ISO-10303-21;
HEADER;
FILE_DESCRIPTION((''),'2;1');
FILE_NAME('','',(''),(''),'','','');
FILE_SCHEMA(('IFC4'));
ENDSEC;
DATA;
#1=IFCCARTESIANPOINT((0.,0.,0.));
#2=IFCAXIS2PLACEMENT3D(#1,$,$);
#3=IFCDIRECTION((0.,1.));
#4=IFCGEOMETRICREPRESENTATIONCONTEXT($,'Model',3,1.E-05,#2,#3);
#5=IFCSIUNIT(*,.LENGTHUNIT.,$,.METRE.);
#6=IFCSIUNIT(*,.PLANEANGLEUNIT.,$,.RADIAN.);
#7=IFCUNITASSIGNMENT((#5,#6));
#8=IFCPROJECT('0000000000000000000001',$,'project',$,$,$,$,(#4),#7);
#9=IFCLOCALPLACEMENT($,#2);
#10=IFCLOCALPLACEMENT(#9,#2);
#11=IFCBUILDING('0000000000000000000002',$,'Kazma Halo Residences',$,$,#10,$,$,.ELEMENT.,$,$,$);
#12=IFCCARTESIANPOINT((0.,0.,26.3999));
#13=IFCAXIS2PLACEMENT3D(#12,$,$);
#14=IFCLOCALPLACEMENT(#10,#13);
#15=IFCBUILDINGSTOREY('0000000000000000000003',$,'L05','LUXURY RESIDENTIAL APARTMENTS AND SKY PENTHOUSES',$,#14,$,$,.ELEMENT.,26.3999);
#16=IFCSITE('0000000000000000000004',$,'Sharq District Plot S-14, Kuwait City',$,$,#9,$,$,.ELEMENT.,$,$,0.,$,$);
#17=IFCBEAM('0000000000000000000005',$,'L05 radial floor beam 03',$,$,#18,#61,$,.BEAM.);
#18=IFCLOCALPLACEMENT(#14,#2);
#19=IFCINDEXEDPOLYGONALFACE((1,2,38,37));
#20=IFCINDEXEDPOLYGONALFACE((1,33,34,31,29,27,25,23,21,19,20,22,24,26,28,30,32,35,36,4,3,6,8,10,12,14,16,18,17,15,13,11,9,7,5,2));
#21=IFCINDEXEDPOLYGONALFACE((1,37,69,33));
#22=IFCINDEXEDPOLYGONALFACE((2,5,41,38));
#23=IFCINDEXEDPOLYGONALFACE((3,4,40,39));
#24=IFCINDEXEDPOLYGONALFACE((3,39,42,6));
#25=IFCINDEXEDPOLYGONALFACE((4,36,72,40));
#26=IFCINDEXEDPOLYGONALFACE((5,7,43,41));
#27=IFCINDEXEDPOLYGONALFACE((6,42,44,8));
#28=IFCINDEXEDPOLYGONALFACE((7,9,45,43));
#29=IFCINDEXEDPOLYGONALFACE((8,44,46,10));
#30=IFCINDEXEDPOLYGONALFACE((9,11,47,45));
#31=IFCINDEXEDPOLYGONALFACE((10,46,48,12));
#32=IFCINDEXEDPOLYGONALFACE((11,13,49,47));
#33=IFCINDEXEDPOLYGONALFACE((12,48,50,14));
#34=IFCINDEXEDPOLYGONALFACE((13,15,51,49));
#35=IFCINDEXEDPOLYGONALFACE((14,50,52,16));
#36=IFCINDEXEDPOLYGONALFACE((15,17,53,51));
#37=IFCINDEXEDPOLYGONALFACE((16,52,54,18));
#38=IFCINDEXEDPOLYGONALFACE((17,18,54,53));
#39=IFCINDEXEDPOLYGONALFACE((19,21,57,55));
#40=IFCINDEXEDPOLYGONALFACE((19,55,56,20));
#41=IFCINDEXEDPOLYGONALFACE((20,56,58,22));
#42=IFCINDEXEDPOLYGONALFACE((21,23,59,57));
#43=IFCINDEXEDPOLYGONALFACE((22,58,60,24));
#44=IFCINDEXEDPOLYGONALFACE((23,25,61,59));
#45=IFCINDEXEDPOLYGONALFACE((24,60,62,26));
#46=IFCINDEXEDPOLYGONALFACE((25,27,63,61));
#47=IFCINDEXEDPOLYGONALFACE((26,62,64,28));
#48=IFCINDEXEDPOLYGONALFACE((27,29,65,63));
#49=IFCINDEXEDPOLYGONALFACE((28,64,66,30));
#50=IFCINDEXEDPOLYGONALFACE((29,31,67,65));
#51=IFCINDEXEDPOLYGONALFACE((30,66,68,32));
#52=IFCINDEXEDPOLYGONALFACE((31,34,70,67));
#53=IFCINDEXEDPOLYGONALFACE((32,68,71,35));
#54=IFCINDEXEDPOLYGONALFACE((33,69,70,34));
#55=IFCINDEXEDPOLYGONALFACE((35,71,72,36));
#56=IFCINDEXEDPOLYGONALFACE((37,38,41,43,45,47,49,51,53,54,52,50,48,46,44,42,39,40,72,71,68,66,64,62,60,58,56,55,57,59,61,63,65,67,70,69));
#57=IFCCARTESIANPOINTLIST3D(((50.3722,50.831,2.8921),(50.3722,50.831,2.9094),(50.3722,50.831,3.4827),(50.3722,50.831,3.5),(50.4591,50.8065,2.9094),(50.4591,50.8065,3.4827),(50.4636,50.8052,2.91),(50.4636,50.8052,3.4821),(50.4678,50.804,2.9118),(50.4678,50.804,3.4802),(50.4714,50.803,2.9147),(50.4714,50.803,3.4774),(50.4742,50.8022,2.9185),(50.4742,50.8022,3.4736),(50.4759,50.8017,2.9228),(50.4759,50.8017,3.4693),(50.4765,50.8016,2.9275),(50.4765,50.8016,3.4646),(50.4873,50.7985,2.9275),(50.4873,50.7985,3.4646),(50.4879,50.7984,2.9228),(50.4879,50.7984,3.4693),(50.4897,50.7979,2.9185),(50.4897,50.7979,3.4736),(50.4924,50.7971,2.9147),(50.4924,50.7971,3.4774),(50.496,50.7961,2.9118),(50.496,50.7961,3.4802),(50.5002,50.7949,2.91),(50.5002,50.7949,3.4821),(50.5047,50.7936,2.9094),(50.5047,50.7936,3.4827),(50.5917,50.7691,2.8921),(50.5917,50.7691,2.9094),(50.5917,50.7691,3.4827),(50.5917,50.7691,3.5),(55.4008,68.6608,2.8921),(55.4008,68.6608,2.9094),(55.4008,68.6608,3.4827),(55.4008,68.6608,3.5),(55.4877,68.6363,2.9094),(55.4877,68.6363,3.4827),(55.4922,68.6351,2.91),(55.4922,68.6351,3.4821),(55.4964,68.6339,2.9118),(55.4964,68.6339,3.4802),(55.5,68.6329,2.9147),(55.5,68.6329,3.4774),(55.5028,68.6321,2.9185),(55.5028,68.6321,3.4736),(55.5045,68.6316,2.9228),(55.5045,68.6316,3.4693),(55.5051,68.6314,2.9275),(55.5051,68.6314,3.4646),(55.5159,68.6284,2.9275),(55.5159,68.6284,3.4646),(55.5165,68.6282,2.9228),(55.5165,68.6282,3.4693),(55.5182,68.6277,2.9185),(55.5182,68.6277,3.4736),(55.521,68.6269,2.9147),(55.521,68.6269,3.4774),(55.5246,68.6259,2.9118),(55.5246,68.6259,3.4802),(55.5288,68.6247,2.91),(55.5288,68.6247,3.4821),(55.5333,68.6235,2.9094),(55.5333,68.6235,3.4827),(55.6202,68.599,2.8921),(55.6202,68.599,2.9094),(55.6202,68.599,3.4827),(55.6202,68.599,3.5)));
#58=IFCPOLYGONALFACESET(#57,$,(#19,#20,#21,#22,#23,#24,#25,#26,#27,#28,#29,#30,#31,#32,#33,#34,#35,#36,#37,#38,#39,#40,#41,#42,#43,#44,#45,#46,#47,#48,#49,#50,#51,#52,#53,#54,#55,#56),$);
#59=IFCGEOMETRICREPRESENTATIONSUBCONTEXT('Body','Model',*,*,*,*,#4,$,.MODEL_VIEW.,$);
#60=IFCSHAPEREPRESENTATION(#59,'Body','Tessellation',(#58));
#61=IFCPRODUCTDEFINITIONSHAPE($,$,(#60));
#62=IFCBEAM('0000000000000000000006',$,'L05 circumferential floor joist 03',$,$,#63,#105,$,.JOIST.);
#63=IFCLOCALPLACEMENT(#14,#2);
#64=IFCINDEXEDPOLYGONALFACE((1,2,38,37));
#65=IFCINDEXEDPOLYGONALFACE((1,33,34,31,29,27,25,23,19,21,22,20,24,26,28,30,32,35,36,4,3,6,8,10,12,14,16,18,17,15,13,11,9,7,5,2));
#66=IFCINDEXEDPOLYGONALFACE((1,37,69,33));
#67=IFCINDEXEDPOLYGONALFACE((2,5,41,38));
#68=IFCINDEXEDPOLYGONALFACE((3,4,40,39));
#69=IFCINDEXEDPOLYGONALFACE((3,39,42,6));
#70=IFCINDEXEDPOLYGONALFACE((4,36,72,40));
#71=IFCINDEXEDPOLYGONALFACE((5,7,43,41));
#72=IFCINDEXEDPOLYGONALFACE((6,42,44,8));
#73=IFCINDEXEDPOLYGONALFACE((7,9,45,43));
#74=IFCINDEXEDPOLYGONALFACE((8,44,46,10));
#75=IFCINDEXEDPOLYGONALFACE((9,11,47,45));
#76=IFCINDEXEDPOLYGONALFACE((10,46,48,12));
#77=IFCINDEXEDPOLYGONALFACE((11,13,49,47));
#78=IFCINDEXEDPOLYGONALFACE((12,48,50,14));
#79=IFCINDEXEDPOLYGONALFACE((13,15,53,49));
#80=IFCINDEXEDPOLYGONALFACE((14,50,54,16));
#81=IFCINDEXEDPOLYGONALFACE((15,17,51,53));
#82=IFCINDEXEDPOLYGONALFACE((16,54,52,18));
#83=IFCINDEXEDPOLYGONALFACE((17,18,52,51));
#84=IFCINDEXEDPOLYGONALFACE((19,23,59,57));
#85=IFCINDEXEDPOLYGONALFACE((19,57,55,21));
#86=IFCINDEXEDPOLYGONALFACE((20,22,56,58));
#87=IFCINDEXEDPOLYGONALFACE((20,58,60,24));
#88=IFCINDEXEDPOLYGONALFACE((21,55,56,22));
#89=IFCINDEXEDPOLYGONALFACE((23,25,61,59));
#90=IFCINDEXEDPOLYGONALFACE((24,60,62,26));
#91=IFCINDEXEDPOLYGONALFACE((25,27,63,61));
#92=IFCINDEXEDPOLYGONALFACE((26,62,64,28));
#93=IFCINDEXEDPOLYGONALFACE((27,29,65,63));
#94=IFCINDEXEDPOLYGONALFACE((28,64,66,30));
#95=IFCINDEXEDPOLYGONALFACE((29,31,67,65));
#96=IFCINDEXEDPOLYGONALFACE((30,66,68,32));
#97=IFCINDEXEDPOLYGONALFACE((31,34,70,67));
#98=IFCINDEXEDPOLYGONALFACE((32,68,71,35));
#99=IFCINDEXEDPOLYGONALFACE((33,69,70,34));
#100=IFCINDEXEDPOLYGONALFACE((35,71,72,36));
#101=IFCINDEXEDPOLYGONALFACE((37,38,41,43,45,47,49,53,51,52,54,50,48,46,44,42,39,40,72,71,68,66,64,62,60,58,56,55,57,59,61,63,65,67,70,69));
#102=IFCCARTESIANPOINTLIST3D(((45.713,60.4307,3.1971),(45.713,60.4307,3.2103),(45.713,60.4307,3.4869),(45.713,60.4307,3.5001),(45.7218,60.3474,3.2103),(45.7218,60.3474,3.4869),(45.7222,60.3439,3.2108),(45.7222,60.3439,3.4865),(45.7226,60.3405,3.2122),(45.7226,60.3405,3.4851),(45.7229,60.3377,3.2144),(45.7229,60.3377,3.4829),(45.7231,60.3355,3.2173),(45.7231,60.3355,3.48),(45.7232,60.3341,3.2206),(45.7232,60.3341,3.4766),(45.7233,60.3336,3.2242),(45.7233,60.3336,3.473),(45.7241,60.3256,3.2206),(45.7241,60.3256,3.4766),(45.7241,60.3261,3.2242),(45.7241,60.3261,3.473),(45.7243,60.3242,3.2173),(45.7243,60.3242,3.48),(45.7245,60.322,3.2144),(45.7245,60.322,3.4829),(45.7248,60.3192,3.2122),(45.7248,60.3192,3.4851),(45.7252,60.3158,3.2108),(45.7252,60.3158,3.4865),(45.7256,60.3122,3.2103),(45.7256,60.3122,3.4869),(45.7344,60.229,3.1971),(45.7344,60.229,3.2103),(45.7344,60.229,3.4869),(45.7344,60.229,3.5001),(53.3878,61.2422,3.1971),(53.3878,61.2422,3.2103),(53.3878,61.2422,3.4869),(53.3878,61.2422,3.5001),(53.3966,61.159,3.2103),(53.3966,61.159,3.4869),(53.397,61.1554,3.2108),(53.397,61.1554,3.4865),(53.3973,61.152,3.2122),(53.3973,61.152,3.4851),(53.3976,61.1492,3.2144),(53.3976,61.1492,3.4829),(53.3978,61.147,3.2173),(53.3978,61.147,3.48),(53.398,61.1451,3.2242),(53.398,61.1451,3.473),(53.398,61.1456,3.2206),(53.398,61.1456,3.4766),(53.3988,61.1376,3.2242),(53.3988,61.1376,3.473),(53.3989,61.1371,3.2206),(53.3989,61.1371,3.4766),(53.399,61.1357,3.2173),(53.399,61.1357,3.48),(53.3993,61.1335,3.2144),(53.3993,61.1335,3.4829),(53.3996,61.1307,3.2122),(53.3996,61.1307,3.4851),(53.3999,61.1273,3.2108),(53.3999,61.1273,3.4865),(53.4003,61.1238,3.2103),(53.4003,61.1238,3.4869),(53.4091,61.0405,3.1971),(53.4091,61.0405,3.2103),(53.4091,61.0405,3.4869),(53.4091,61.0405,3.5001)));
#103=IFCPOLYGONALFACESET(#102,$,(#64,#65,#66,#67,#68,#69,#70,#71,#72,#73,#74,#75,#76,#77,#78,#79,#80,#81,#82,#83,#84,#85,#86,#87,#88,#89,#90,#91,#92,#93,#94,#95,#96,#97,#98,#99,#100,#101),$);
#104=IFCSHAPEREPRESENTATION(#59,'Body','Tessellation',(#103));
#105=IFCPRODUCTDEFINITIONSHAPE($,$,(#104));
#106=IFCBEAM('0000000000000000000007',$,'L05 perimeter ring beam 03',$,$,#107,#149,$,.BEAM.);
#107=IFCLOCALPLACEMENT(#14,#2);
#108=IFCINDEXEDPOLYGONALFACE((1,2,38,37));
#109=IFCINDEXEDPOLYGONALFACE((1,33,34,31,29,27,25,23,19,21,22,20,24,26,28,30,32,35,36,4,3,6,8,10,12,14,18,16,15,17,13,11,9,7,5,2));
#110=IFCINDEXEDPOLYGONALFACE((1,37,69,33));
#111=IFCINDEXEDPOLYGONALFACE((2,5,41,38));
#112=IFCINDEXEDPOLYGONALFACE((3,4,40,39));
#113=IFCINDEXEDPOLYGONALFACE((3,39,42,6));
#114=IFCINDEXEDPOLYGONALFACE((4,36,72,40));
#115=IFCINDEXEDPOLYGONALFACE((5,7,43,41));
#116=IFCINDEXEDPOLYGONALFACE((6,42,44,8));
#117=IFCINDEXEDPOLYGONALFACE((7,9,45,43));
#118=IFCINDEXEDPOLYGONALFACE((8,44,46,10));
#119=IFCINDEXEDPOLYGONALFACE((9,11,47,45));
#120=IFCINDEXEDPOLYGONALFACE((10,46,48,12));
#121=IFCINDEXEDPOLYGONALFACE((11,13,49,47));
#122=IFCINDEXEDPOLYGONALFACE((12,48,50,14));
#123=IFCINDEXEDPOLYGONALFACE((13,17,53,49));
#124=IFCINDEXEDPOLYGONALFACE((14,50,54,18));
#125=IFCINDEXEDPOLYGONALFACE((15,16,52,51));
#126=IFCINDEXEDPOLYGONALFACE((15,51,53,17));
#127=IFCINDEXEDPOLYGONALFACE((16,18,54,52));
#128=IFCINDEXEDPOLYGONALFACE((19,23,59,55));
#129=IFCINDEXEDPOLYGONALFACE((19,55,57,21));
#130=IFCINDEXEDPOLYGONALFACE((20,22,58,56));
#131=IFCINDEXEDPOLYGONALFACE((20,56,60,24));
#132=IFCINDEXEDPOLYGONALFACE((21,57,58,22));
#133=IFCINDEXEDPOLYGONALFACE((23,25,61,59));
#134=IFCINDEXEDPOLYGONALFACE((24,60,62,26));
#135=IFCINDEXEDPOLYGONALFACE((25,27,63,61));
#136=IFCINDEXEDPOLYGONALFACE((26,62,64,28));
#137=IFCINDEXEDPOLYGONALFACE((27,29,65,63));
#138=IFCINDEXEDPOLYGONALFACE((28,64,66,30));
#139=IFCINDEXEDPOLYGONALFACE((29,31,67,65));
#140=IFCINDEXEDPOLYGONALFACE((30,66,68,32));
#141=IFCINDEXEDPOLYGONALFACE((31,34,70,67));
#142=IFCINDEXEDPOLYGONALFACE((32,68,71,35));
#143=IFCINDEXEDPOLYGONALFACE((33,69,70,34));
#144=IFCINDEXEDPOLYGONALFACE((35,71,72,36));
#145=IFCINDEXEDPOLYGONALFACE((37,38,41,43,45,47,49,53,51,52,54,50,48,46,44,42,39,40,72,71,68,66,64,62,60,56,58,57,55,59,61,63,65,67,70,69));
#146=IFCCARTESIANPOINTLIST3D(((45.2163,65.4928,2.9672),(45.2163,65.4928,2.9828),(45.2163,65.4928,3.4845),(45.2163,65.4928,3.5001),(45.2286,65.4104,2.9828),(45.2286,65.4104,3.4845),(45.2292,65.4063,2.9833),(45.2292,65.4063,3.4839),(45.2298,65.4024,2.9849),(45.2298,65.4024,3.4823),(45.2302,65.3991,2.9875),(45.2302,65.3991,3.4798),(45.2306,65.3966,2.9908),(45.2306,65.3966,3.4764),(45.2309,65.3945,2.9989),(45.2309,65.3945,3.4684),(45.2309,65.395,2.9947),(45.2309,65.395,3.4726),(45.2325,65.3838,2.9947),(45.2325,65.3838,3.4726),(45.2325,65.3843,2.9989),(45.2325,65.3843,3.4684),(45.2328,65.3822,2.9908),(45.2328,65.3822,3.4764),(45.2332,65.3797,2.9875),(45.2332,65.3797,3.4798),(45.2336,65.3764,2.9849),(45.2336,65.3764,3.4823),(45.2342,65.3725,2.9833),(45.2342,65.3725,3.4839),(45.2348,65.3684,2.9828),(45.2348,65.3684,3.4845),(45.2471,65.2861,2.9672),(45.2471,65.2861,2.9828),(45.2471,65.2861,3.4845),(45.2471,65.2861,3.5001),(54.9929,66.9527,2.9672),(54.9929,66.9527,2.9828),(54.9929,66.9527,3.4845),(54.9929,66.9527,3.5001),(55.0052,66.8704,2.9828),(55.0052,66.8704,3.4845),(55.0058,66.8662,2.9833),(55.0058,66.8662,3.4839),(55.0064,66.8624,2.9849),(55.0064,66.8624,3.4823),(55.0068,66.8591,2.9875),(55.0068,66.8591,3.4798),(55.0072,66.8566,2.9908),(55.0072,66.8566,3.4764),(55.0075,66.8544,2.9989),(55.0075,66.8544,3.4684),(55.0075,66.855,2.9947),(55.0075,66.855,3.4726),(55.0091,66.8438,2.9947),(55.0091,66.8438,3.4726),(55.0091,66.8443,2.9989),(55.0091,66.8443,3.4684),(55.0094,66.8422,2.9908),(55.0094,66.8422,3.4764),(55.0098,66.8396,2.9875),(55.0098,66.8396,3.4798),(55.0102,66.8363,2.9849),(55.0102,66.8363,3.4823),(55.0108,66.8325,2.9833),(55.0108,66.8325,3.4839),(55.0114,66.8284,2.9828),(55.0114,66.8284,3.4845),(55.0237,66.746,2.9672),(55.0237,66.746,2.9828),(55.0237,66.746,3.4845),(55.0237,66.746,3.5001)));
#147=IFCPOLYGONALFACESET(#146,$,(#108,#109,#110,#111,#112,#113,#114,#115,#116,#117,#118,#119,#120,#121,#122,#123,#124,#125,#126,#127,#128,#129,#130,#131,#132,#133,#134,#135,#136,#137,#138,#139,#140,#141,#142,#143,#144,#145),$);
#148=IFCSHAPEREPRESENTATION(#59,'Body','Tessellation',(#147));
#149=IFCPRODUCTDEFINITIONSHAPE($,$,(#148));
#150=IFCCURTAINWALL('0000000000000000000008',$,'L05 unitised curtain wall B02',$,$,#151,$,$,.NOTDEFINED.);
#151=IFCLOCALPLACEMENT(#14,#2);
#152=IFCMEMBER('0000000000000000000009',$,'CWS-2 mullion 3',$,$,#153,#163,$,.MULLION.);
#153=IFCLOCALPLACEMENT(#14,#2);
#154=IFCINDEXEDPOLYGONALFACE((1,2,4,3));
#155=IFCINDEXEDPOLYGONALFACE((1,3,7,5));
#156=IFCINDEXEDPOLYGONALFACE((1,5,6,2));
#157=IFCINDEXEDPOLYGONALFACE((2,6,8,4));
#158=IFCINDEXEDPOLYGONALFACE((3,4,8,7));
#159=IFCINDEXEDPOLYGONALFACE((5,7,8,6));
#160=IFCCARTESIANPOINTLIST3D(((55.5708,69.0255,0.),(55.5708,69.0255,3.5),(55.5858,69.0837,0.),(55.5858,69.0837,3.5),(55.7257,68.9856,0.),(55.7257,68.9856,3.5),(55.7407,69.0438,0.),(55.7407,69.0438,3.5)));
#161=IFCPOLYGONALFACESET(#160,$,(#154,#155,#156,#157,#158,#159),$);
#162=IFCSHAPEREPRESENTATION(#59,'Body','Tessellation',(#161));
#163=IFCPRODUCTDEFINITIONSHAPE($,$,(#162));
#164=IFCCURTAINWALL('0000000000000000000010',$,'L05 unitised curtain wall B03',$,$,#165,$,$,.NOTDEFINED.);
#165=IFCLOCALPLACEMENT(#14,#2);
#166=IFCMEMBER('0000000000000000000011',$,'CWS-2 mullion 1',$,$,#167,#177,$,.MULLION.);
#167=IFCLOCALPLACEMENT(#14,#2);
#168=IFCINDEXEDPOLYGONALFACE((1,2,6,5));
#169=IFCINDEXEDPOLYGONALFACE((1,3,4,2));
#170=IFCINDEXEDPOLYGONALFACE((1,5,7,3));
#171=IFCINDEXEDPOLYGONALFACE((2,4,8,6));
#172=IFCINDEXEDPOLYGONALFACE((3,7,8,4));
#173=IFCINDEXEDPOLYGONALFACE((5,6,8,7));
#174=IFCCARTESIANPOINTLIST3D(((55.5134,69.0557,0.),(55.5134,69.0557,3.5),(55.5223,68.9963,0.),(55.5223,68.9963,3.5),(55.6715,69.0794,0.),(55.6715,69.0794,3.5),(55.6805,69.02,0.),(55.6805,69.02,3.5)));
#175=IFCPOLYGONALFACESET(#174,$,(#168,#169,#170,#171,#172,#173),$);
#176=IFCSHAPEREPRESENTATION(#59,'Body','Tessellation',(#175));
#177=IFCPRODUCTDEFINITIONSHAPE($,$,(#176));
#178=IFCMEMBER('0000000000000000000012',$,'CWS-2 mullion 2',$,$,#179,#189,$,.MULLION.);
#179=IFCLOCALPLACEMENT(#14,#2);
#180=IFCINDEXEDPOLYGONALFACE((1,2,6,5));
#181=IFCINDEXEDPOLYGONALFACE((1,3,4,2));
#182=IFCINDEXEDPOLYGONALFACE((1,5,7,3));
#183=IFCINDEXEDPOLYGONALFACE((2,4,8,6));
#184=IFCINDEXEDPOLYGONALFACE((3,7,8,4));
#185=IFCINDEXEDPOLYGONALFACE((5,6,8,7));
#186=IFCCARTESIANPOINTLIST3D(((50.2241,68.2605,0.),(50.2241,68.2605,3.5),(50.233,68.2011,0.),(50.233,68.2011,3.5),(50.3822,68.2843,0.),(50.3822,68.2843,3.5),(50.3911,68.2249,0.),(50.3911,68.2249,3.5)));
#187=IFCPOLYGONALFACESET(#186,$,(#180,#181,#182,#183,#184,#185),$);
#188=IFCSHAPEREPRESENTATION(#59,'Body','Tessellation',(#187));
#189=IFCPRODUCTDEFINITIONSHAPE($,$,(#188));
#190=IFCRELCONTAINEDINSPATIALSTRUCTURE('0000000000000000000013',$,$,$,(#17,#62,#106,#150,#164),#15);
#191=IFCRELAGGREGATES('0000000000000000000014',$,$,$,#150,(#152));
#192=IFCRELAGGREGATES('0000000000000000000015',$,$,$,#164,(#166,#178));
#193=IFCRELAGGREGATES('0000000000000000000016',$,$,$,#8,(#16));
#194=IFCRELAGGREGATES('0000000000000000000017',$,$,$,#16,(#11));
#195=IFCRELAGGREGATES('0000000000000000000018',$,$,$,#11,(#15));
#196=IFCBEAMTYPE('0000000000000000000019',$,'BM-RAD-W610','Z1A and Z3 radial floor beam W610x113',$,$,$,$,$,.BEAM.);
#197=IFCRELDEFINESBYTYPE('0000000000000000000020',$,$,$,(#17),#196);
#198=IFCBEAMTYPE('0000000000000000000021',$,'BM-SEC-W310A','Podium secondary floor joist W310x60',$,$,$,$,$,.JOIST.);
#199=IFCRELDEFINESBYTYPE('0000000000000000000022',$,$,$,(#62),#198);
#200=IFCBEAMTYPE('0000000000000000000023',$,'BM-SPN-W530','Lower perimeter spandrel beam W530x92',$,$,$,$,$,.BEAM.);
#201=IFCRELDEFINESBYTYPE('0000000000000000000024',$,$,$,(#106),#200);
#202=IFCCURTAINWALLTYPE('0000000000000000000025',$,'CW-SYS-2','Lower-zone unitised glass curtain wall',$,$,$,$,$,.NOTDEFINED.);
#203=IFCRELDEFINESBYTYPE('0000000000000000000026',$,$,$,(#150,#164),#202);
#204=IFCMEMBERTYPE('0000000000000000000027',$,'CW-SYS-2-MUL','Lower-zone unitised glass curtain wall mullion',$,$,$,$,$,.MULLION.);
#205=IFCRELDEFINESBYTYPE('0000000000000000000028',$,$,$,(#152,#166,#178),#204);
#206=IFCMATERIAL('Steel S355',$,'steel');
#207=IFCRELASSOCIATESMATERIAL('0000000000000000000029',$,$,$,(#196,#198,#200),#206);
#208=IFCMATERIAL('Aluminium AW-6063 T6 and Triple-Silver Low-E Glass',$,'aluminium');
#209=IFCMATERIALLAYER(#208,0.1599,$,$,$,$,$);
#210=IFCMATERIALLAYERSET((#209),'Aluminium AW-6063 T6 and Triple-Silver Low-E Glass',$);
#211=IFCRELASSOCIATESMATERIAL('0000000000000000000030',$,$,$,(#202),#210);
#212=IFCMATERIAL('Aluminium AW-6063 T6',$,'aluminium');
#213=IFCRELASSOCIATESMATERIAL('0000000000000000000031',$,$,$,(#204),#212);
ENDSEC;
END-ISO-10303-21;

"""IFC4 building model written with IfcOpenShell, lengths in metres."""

from ifc_helpers import new_model, si_unit, direction, frame, origin, origin_2d, place, context, subcontext, project, spatial, rectangle, i_section, extrude, material, layer, layer_set, material_profile, profile_set, type_object, element, aggregate, save


model = new_model("IFC4")

# Units and contexts
model_context = context("Model", 3, precision=1e-05, world=origin(), true_north=direction((0.0, 1.0)))
body_context = subcontext(model_context, "Body", "Model", "MODEL_VIEW")
ifc_project = project(units=[si_unit("LENGTHUNIT", "METRE"), si_unit("PLANEANGLEUNIT", "RADIAN")], contexts=[model_context])

# Site, building, storey
site_placement = place(None, origin())
site = spatial("IfcSite", under=ifc_project, at=site_placement, Name="Sharq District Plot S-14, Kuwait City", CompositionType="ELEMENT", RefElevation=0.0)
building_placement = place(site_placement, origin())
building = spatial("IfcBuilding", under=site, at=building_placement, Name="Kazma Halo Residences", CompositionType="ELEMENT")
storey_placement = place(building_placement, frame((0.0, 0.0, 26.3999)))
storey = spatial("IfcBuildingStorey", under=building, at=storey_placement, Name="L05", Description="LUXURY RESIDENTIAL APARTMENTS AND SKY PENTHOUSES", CompositionType="ELEMENT", Elevation=26.3999)

# Beams
ifc_material_1 = material(Name="Steel S355", Category="steel")
ifc_material_profile_1 = material_profile(ifc_material_1, i_section(OverallWidth=0.228, OverallDepth=0.6079, WebThickness=0.0112, FlangeThickness=0.0173, FilletRadius=0.0181, at=origin_2d()), Name="W610x113")
ifc_profile_set_1 = profile_set([ifc_material_profile_1], Name="Steel S355")
beam_type_1 = type_object("IfcBeamType", Name="BM-RAD-W610", Description="Z1A and Z3 radial floor beam W610x113", PredefinedType="BEAM", material=ifc_profile_set_1)
beam_1_placement = place(storey_placement, frame((50.4819, 50.8, 3.196), z_axis=(0.271442, 0.962455, 0.0), x_axis=(-0.962455, 0.271442, 0.0)))
element("IfcBeam", 1, at=beam_1_placement, inside=storey, type_object=beam_type_1, Name="L05 radial floor beam 03", PredefinedType="BEAM", context=body_context, shape_type="SweptSolid", body=[
    extrude(i_section(OverallWidth=0.228, OverallDepth=0.6079, WebThickness=0.0112, FlangeThickness=0.0173, FilletRadius=0.0181, at=origin_2d()), origin(), (0.0, 0.0, 1.0), 18.5254),
])
ifc_material_profile_2 = material_profile(ifc_material_1, i_section(OverallWidth=0.2029, OverallDepth=0.303, WebThickness=0.0076, FlangeThickness=0.0132, FilletRadius=0.0139, at=origin_2d()), Name="W310x60")
ifc_profile_set_2 = profile_set([ifc_material_profile_2], Name="Steel S355")
beam_type_2 = type_object("IfcBeamType", Name="BM-SEC-W310A", Description="Podium secondary floor joist W310x60", PredefinedType="JOIST", material=ifc_profile_set_2)
beam_2_placement = place(storey_placement, frame((53.3984, 61.1414, 3.3486), z_axis=(-0.994456, -0.105152, 0.0), x_axis=(0.105152, -0.994456, 0.0)))
element("IfcBeam", 2, at=beam_2_placement, inside=storey, type_object=beam_type_2, Name="L05 circumferential floor joist 03", PredefinedType="JOIST", context=body_context, shape_type="SweptSolid", body=[
    extrude(i_section(OverallWidth=0.2029, OverallDepth=0.303, WebThickness=0.0076, FlangeThickness=0.0132, FilletRadius=0.0139, at=origin_2d()), origin(), (0.0, 0.0, 1.0), 7.7175),
])
ifc_material_profile_3 = material_profile(ifc_material_1, i_section(OverallWidth=0.209, OverallDepth=0.533, WebThickness=0.0103, FlangeThickness=0.0156, FilletRadius=0.0161, at=origin_2d()), Name="W530x92")
ifc_profile_set_3 = profile_set([ifc_material_profile_3], Name="Steel S355")
beam_type_3 = type_object("IfcBeamType", Name="BM-SPN-W530", Description="Lower perimeter spandrel beam W530x92", PredefinedType="BEAM", material=ifc_profile_set_3)
beam_3_placement = place(storey_placement, frame((55.0083, 66.8494, 3.2336), z_axis=(-0.989033, -0.147694, 0.0), x_axis=(0.147694, -0.989033, 0.0)))
element("IfcBeam", 3, at=beam_3_placement, inside=storey, type_object=beam_type_3, Name="L05 perimeter ring beam 03", PredefinedType="BEAM", context=body_context, shape_type="SweptSolid", body=[
    extrude(i_section(OverallWidth=0.209, OverallDepth=0.533, WebThickness=0.0103, FlangeThickness=0.0156, FilletRadius=0.0161, at=origin_2d()), origin(), (0.0, 0.0, 1.0), 9.885),
])

# Curtain wall, member
ifc_material_2 = material(Name="Aluminium AW-6063 T6 and Triple-Silver Low-E Glass", Category="aluminium")
ifc_layer_1 = layer(ifc_material_2, 0.1599)
ifc_layer_set_1 = layer_set([ifc_layer_1], Name="Aluminium AW-6063 T6 and Triple-Silver Low-E Glass")
curtain_wall_type = type_object("IfcCurtainWallType", Name="CW-SYS-2", Description="Lower-zone unitised glass curtain wall", PredefinedType="NOTDEFINED", material=ifc_layer_set_1)
curtain_wall_1_placement = place(storey_placement, origin())
curtain_wall_1 = element("IfcCurtainWall", 4, at=curtain_wall_1_placement, inside=storey, type_object=curtain_wall_type, Name="L05 unitised curtain wall B02", PredefinedType="NOTDEFINED")
ifc_material_3 = material(Name="Aluminium AW-6063 T6", Category="aluminium")
ifc_material_profile_4 = material_profile(ifc_material_3, rectangle(XDim=0.0601, YDim=0.1599, at=origin_2d()), Name="CWM-60x160")
ifc_profile_set_4 = profile_set([ifc_material_profile_4], Name="Aluminium AW-6063 T6")
member_type_1 = type_object("IfcMemberType", Name="CW-SYS-2-MUL", Description="Lower-zone unitised glass curtain wall mullion", PredefinedType="MULLION", material=ifc_profile_set_4)
member_1_placement = place(storey_placement, frame((55.6558, 69.0347, 0.0), z_axis=(0.0, 0.0, 1.0), x_axis=(-0.249635, -0.96834, 0.0)))
member_1 = element("IfcMember", 5, at=member_1_placement, type_object=member_type_1, Name="CWS-2 mullion 3", PredefinedType="MULLION", context=body_context, shape_type="SweptSolid", body=[
    extrude(rectangle(XDim=0.0601, YDim=0.1599, at=origin_2d()), origin(), (0.0, 0.0, 1.0), 3.5),
])

# Curtain wall, members
curtain_wall_2_placement = place(storey_placement, origin())
curtain_wall_2 = element("IfcCurtainWall", 6, at=curtain_wall_2_placement, inside=storey, type_object=curtain_wall_type, Name="L05 unitised curtain wall B03", PredefinedType="NOTDEFINED")
member_2_placement = place(storey_placement, frame((55.5969, 69.0378, 0.0), z_axis=(0.0, 0.0, 1.0), x_axis=(0.148657, -0.988889, 0.0)))
member_2 = element("IfcMember", 7, at=member_2_placement, type_object=member_type_1, Name="CWS-2 mullion 1", PredefinedType="MULLION", context=body_context, shape_type="SweptSolid", body=[
    extrude(rectangle(XDim=0.0601, YDim=0.1599, at=origin_2d()), origin(), (0.0, 0.0, 1.0), 3.5),
])
member_3_placement = place(storey_placement, frame((50.3076, 68.2427, 0.0), z_axis=(0.0, 0.0, 1.0), x_axis=(0.148657, -0.988889, 0.0)))
member_3 = element("IfcMember", 8, at=member_3_placement, type_object=member_type_1, Name="CWS-2 mullion 2", PredefinedType="MULLION", context=body_context, shape_type="SweptSolid", body=[
    extrude(rectangle(XDim=0.0601, YDim=0.1599, at=origin_2d()), origin(), (0.0, 0.0, 1.0), 3.5),
])

aggregate(curtain_wall_1, [member_1])
aggregate(curtain_wall_2, [member_2, member_3])

save(model, "model.ifc")
